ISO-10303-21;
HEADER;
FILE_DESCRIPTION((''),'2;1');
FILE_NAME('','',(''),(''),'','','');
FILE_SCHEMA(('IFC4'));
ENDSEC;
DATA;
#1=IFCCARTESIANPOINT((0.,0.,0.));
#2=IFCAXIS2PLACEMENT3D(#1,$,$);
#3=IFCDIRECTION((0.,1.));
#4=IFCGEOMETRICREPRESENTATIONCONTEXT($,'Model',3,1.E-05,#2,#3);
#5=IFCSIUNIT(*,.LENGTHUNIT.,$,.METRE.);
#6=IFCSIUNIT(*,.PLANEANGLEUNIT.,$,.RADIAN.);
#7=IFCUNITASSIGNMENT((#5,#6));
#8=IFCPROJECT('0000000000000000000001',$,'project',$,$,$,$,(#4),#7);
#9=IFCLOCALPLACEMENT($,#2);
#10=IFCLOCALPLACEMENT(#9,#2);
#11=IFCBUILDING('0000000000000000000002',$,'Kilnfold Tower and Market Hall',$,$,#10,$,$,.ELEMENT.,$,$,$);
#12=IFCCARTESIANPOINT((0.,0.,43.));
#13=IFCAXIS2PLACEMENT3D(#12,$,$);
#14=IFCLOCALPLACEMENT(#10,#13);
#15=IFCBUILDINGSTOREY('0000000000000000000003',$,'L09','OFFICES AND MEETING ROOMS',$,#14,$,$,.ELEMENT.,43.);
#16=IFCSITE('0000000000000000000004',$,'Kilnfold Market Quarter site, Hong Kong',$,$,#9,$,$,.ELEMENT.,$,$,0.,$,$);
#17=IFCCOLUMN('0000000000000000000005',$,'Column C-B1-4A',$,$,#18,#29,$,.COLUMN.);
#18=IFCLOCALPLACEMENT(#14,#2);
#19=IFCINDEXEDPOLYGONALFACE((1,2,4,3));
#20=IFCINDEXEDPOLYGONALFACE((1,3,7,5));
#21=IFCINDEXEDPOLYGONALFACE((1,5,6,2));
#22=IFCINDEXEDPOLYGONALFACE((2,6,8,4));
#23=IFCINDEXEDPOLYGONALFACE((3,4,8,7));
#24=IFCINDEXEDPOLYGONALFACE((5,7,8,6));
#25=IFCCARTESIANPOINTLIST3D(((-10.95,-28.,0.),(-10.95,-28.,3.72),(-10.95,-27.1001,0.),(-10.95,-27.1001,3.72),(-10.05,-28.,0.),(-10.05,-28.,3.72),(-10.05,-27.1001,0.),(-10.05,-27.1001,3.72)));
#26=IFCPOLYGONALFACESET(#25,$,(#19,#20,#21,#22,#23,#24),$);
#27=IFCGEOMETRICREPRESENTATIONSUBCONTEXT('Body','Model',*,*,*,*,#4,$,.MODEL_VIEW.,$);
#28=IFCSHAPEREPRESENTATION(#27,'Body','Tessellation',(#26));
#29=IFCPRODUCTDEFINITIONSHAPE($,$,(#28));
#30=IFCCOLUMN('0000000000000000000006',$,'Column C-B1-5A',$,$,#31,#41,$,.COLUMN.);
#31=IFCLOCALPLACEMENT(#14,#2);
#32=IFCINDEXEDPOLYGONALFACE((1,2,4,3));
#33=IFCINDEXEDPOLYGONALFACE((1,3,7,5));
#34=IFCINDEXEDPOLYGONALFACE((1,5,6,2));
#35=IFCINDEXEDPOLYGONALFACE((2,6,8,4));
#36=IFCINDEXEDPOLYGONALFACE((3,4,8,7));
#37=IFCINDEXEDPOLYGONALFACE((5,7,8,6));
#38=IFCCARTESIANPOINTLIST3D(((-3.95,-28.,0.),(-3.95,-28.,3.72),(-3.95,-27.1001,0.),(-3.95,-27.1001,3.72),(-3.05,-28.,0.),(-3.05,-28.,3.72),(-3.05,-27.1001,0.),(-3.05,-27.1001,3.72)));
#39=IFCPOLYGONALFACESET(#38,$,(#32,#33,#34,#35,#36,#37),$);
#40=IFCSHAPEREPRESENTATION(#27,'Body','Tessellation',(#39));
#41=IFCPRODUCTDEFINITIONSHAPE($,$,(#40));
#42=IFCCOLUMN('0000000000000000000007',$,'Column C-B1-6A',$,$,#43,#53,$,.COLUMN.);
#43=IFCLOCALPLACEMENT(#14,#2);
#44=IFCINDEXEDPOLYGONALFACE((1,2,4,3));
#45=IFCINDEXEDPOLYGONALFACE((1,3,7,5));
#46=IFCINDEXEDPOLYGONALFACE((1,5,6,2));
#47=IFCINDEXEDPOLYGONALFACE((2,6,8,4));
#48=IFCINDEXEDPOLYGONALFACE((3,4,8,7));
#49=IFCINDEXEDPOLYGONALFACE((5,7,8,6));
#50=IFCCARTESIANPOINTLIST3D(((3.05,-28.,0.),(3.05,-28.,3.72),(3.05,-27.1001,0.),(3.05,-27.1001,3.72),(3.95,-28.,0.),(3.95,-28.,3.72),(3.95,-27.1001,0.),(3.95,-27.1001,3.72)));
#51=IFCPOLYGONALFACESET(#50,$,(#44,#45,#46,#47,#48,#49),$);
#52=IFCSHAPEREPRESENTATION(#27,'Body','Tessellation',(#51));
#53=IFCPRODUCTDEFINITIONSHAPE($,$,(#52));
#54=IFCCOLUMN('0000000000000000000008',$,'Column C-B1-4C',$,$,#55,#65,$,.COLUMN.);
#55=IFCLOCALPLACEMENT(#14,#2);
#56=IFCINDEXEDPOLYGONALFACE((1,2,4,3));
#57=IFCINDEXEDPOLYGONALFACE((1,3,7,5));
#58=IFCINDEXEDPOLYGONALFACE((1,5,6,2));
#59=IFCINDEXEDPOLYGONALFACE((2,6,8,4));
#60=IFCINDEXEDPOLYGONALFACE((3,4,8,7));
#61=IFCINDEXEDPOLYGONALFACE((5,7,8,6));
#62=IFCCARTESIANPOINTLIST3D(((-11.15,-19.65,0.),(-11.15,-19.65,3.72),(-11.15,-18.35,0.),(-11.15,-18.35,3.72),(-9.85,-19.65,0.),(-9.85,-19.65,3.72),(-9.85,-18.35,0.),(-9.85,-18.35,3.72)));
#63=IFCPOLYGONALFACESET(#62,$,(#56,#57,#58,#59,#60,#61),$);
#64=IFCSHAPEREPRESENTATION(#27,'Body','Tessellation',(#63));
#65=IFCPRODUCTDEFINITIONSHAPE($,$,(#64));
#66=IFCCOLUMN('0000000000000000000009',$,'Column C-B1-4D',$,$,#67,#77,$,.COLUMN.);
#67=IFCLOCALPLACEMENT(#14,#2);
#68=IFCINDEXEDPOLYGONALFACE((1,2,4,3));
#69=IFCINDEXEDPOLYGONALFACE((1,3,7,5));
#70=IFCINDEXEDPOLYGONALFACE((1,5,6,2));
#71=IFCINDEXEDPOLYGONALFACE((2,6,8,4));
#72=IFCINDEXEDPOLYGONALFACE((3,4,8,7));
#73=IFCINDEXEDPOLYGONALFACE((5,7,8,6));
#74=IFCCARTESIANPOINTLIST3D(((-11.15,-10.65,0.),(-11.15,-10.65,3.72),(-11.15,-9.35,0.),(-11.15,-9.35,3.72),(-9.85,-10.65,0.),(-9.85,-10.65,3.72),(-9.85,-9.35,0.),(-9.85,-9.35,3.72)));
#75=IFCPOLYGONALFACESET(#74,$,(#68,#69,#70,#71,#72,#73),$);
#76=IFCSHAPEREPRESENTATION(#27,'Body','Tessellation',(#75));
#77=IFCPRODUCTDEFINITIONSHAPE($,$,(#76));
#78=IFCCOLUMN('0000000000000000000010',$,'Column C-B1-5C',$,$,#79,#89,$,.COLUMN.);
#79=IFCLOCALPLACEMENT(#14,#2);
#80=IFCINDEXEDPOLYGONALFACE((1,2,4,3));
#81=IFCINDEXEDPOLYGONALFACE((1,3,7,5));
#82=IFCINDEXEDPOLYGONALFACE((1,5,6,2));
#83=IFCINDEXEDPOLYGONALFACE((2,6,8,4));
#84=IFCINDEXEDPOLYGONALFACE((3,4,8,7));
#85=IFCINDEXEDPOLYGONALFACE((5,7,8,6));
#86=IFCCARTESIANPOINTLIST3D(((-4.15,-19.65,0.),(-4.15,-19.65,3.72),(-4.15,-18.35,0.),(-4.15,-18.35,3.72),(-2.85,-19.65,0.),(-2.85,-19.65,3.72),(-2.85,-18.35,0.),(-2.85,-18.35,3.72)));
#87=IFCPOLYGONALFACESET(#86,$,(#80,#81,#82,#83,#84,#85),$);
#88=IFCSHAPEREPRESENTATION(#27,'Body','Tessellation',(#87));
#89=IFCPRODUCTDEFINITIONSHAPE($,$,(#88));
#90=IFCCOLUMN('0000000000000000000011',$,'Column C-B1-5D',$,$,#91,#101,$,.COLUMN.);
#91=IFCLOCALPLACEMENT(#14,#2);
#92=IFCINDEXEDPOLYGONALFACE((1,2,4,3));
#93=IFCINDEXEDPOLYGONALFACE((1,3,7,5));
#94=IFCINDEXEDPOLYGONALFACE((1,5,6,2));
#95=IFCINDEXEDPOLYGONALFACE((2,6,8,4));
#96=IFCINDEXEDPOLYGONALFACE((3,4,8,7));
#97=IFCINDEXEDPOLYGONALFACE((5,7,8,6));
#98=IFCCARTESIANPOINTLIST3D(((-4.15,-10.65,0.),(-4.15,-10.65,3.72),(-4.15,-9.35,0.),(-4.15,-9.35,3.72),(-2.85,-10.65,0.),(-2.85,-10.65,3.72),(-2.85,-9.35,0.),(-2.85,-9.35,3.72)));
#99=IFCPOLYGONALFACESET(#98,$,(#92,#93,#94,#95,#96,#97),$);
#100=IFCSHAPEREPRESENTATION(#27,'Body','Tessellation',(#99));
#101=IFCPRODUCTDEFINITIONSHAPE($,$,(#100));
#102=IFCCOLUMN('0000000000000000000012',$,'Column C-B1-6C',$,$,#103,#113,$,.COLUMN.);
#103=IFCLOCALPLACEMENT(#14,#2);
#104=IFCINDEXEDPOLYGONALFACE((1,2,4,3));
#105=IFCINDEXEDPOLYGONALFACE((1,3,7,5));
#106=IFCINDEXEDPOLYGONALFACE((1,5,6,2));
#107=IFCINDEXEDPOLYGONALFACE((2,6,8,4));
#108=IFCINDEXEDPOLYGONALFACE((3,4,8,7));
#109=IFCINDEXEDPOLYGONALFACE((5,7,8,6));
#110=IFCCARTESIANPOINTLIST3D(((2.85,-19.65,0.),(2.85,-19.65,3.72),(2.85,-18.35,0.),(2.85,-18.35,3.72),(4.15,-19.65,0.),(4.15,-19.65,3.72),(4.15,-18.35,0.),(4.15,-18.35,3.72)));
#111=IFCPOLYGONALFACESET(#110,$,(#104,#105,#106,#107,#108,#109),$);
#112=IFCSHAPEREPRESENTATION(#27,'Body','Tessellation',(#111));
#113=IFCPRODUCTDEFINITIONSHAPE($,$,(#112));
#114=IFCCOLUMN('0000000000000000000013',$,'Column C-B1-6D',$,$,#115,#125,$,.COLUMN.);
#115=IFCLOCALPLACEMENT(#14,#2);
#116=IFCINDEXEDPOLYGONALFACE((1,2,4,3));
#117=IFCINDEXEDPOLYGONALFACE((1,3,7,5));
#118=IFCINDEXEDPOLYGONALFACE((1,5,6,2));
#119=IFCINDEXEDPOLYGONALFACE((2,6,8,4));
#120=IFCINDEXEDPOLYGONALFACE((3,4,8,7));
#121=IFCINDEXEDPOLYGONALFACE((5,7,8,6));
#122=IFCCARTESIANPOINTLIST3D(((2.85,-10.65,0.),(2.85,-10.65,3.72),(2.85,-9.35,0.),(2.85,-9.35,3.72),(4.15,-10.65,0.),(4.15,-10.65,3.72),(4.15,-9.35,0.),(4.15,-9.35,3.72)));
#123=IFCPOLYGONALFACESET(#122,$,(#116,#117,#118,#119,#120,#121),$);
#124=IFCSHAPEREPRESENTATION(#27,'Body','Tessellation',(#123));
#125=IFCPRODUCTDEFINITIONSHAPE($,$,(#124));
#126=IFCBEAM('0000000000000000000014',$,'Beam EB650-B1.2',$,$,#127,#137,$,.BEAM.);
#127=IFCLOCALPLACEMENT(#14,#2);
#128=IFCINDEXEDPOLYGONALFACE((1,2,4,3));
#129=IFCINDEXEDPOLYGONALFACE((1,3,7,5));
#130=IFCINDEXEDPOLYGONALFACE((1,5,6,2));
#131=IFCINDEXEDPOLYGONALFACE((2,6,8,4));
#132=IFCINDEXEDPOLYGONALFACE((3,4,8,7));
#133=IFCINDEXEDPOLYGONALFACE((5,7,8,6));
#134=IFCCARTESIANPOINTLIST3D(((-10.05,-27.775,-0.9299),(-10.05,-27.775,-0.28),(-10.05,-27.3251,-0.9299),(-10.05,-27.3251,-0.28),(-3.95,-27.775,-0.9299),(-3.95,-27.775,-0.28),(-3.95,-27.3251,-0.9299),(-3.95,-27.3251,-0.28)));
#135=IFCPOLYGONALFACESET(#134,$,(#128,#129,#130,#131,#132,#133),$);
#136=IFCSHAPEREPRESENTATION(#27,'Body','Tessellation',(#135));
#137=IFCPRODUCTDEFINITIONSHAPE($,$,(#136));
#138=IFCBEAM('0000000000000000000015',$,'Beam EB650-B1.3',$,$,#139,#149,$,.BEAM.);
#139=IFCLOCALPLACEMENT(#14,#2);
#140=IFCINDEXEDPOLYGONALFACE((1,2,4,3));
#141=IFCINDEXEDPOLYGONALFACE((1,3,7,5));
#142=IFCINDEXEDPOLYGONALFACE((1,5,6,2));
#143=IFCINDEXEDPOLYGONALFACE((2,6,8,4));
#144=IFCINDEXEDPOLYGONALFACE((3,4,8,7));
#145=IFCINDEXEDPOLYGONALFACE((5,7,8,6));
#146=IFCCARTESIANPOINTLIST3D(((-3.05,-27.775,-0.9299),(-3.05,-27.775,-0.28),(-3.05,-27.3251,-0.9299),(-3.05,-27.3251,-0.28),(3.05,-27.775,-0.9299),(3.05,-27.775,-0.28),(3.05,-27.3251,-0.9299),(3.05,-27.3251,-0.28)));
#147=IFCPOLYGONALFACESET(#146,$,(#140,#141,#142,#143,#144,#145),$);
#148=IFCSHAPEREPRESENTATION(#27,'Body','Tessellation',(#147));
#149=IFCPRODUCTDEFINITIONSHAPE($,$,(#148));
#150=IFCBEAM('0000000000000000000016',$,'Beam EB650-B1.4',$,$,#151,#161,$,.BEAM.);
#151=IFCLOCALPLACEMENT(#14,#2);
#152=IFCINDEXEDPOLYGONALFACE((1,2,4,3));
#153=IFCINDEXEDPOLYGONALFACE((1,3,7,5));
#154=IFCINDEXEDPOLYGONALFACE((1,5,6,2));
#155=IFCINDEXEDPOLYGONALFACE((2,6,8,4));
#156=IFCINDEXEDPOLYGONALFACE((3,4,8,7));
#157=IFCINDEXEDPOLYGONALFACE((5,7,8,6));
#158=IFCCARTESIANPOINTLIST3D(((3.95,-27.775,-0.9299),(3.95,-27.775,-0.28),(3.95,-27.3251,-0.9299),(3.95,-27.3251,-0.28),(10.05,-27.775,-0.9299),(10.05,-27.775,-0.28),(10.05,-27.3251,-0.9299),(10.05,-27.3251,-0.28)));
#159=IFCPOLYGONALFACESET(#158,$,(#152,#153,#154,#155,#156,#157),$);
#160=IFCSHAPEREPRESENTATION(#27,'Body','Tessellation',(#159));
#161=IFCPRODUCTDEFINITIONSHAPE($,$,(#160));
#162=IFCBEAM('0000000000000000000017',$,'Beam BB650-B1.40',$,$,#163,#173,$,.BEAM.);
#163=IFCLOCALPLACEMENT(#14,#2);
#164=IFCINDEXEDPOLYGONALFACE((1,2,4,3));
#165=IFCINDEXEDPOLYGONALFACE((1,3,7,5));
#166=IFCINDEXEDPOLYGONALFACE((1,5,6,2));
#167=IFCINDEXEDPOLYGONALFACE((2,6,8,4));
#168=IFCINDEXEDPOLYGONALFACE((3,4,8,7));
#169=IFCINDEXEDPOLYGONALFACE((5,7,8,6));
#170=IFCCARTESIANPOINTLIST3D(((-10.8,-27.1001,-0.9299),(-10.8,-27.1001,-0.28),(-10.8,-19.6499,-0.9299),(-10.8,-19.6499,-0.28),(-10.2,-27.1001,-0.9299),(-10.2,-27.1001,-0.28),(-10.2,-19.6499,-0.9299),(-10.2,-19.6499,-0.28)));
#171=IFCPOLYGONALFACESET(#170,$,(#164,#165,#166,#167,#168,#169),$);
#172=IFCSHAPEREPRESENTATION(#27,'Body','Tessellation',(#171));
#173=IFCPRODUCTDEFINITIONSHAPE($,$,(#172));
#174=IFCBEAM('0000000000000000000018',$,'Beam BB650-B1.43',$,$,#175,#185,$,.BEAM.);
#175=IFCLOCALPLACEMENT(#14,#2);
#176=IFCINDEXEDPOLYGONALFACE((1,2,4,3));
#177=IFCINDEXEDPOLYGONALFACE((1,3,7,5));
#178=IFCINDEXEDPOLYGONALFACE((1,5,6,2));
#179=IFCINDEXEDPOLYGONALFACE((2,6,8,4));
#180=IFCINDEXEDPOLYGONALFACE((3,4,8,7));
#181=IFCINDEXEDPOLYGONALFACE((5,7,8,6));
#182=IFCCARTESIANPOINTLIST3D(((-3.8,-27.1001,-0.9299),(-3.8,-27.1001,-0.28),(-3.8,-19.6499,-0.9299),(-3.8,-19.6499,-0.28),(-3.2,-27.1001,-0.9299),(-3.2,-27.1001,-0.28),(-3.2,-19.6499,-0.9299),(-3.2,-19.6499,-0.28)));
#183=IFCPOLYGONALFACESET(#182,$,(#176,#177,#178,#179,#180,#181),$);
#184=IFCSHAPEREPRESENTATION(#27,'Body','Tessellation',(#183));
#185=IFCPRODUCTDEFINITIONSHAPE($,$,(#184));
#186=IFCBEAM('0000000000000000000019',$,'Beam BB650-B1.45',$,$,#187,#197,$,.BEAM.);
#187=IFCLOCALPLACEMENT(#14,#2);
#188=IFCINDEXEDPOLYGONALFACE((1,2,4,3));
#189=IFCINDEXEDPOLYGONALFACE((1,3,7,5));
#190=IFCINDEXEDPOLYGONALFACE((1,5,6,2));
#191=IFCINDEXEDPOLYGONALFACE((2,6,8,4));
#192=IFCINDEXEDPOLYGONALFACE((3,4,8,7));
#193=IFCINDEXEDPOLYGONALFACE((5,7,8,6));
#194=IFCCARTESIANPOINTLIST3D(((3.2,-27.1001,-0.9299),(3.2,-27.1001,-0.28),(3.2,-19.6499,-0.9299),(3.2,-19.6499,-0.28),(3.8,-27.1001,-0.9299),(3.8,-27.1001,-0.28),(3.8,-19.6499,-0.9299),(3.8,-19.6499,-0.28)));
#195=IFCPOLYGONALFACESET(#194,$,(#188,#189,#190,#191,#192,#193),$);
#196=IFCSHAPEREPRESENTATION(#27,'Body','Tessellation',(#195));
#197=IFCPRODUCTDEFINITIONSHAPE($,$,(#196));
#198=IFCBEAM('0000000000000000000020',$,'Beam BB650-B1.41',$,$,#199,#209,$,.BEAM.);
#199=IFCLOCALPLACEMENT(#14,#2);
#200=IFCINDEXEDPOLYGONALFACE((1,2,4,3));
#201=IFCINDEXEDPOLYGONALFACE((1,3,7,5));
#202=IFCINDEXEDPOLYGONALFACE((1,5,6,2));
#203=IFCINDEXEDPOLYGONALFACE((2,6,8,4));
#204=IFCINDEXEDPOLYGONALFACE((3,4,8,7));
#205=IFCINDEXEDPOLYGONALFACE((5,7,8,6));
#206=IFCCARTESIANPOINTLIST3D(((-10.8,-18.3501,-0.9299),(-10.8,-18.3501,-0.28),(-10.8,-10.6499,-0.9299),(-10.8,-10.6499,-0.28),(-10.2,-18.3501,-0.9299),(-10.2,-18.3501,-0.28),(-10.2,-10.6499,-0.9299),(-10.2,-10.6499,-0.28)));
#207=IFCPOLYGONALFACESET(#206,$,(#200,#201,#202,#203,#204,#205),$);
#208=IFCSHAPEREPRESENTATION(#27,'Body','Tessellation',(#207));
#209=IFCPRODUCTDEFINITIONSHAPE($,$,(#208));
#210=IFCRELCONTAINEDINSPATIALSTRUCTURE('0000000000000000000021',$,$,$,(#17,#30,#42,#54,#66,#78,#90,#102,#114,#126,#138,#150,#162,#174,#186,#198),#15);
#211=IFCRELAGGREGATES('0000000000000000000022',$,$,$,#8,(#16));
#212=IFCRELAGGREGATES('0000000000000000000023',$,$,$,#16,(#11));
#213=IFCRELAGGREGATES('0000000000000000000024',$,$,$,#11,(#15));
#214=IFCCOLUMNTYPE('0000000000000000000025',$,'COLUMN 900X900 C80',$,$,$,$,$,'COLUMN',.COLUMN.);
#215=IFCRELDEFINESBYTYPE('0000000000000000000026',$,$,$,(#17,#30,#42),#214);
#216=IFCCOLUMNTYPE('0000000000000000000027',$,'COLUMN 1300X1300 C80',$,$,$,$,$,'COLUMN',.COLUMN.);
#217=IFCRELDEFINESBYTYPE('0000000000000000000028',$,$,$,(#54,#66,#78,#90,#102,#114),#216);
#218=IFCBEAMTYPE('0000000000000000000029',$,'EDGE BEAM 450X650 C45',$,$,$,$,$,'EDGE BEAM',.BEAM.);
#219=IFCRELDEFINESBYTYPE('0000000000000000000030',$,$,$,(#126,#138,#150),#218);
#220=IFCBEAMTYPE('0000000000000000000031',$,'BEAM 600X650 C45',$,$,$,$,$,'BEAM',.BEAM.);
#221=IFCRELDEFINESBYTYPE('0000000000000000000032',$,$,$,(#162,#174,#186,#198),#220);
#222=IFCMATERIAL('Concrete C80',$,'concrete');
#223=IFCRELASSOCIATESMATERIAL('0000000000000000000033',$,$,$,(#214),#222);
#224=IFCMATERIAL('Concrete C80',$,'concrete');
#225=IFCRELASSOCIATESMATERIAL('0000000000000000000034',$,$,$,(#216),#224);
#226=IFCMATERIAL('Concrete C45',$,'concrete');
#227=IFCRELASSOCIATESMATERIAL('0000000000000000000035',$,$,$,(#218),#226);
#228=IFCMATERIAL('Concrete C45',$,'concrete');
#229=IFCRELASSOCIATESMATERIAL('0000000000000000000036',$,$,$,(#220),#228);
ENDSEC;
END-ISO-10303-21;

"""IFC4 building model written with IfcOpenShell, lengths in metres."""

from ifc_helpers import new_model, si_unit, direction, frame, origin, origin_2d, place, context, subcontext, project, spatial, rectangle, extrude, source, transform, mapped, material, material_profile, profile_set, type_object, element, save


model = new_model("IFC4")

# Units and contexts
model_context = context("Model", 3, precision=1e-05, world=origin(), true_north=direction((0.0, 1.0)))
body_context = subcontext(model_context, "Body", "Model", "MODEL_VIEW")
ifc_project = project(units=[si_unit("LENGTHUNIT", "METRE"), si_unit("PLANEANGLEUNIT", "RADIAN")], contexts=[model_context])

# Site, building, storey
site_placement = place(None, origin())
site = spatial("IfcSite", under=ifc_project, at=site_placement, Name="Kilnfold Market Quarter site, Hong Kong", CompositionType="ELEMENT", RefElevation=0.0)
building_placement = place(site_placement, origin())
building = spatial("IfcBuilding", under=site, at=building_placement, Name="Kilnfold Tower and Market Hall", CompositionType="ELEMENT")
storey_placement = place(building_placement, frame((0.0, 0.0, 43.0)))
storey = spatial("IfcBuildingStorey", under=building, at=storey_placement, Name="L09", Description="OFFICES AND MEETING ROOMS", CompositionType="ELEMENT", Elevation=43.0)

# Columns
ifc_material_1 = material(Name="Concrete C80", Category="concrete")
ifc_material_profile_1 = material_profile(ifc_material_1, rectangle(XDim=0.8999, YDim=0.8999, at=origin_2d()), Name="RC 900x900")
ifc_profile_set_1 = profile_set([ifc_material_profile_1], Name="Concrete C80")
column_type_1 = type_object("IfcColumnType", Name="COLUMN 900X900 C80", ElementType="COLUMN", PredefinedType="COLUMN", material=ifc_profile_set_1)
shared_shape_1 = source(origin(), body_context, "Body", "SweptSolid", [
    extrude(rectangle(XDim=0.8999, YDim=0.8999, at=origin_2d()), origin(), (0.0, 0.0, 1.0), 3.72),
])
for number, where, z_axis, x_axis, name in (
    (1, (-10.5, -27.55, 0.0), (0.0, 0.0, 1.0), (1.0, 0.0, 0.0), "Column C-B1-4A"),
    (2, (-3.5, -27.55, 0.0), (0.0, 0.0, 1.0), (1.0, 0.0, 0.0), "Column C-B1-5A"),
    (3, (3.5, -27.55, 0.0), (0.0, 0.0, 1.0), (1.0, 0.0, 0.0), "Column C-B1-6A"),
):
    element("IfcColumn", number, at=place(storey_placement, frame(where, z_axis=z_axis, x_axis=x_axis)), inside=storey, type_object=column_type_1, Name=name, PredefinedType="COLUMN", context=body_context, shape_type="MappedRepresentation", body=[
        mapped(shared_shape_1, transform((0.0, 0.0, 0.0))),
    ])
ifc_material_2 = material(Name="Concrete C80", Category="concrete")
ifc_material_profile_2 = material_profile(ifc_material_2, rectangle(XDim=1.3, YDim=1.3, at=origin_2d()), Name="RC 1300x1300")
ifc_profile_set_2 = profile_set([ifc_material_profile_2], Name="Concrete C80")
column_type_2 = type_object("IfcColumnType", Name="COLUMN 1300X1300 C80", ElementType="COLUMN", PredefinedType="COLUMN", material=ifc_profile_set_2)
shared_shape_2 = source(origin(), body_context, "Body", "SweptSolid", [
    extrude(rectangle(XDim=1.3, YDim=1.3, at=origin_2d()), origin(), (0.0, 0.0, 1.0), 3.72),
])
for number, where, z_axis, x_axis, name in (
    (4, (-10.5, -19.0, 0.0), (0.0, 0.0, 1.0), (1.0, 0.0, 0.0), "Column C-B1-4C"),
    (5, (-10.5, -10.0, 0.0), (0.0, 0.0, 1.0), (1.0, 0.0, 0.0), "Column C-B1-4D"),
    (6, (-3.5, -19.0, 0.0), (0.0, 0.0, 1.0), (1.0, 0.0, 0.0), "Column C-B1-5C"),
    (7, (-3.5, -10.0, 0.0), (0.0, 0.0, 1.0), (1.0, 0.0, 0.0), "Column C-B1-5D"),
    (8, (3.5, -19.0, 0.0), (0.0, 0.0, 1.0), (1.0, 0.0, 0.0), "Column C-B1-6C"),
    (9, (3.5, -10.0, 0.0), (0.0, 0.0, 1.0), (1.0, 0.0, 0.0), "Column C-B1-6D"),
):
    element("IfcColumn", number, at=place(storey_placement, frame(where, z_axis=z_axis, x_axis=x_axis)), inside=storey, type_object=column_type_2, Name=name, PredefinedType="COLUMN", context=body_context, shape_type="MappedRepresentation", body=[
        mapped(shared_shape_2, transform((0.0, 0.0, 0.0))),
    ])

# Beams
ifc_material_3 = material(Name="Concrete C45", Category="concrete")
ifc_material_profile_3 = material_profile(ifc_material_3, rectangle(XDim=0.45, YDim=0.6499, at=origin_2d()), Name="RC 450x650")
ifc_profile_set_3 = profile_set([ifc_material_profile_3], Name="Concrete C45")
beam_type_1 = type_object("IfcBeamType", Name="EDGE BEAM 450X650 C45", ElementType="EDGE BEAM", PredefinedType="BEAM", material=ifc_profile_set_3)
shared_shape_3 = source(origin(), body_context, "Body", "SweptSolid", [
    extrude(rectangle(XDim=0.45, YDim=0.6499, at=origin_2d()), origin(), (0.0, 0.0, 1.0), 6.1001),
])
for number, where, z_axis, x_axis, name in (
    (10, (-10.05, -27.55, -0.605), (1.0, 0.0, 0.0), (0.0, 1.0, 0.0), "Beam EB650-B1.2"),
    (11, (-3.05, -27.55, -0.605), (1.0, 0.0, 0.0), (0.0, 1.0, 0.0), "Beam EB650-B1.3"),
    (12, (3.95, -27.55, -0.605), (1.0, 0.0, 0.0), (0.0, 1.0, 0.0), "Beam EB650-B1.4"),
):
    element("IfcBeam", number, at=place(storey_placement, frame(where, z_axis=z_axis, x_axis=x_axis)), inside=storey, type_object=beam_type_1, Name=name, PredefinedType="BEAM", context=body_context, shape_type="MappedRepresentation", body=[
        mapped(shared_shape_3, transform((0.0, 0.0, 0.0))),
    ])
ifc_material_4 = material(Name="Concrete C45", Category="concrete")
ifc_material_profile_4 = material_profile(ifc_material_4, rectangle(XDim=0.6001, YDim=0.6499, at=origin_2d()), Name="RC 600x650")
ifc_profile_set_4 = profile_set([ifc_material_profile_4], Name="Concrete C45")
beam_type_2 = type_object("IfcBeamType", Name="BEAM 600X650 C45", ElementType="BEAM", PredefinedType="BEAM", material=ifc_profile_set_4)
shared_shape_4 = source(origin(), body_context, "Body", "SweptSolid", [
    extrude(rectangle(XDim=0.6001, YDim=0.6499, at=origin_2d()), origin(), (0.0, 0.0, 1.0), 7.4502),
])
for number, where, z_axis, x_axis, name in (
    (13, (-10.5, -27.1001, -0.605), (0.0, 1.0, 0.0), (-1.0, 0.0, 0.0), "Beam BB650-B1.40"),
    (14, (-3.5, -27.1001, -0.605), (0.0, 1.0, 0.0), (-1.0, 0.0, 0.0), "Beam BB650-B1.43"),
    (15, (3.5, -27.1001, -0.605), (0.0, 1.0, 0.0), (-1.0, 0.0, 0.0), "Beam BB650-B1.45"),
):
    element("IfcBeam", number, at=place(storey_placement, frame(where, z_axis=z_axis, x_axis=x_axis)), inside=storey, type_object=beam_type_2, Name=name, PredefinedType="BEAM", context=body_context, shape_type="MappedRepresentation", body=[
        mapped(shared_shape_4, transform((0.0, 0.0, 0.0))),
    ])
shared_shape_5 = source(origin(), body_context, "Body", "SweptSolid", [
    extrude(rectangle(XDim=0.6001, YDim=0.6499, at=origin_2d()), origin(), (0.0, 0.0, 1.0), 7.7002),
])
for number, where, z_axis, x_axis, name in (
    (16, (-10.5, -18.3501, -0.605), (0.0, 1.0, 0.0), (-1.0, 0.0, 0.0), "Beam BB650-B1.41"),
):
    element("IfcBeam", number, at=place(storey_placement, frame(where, z_axis=z_axis, x_axis=x_axis)), inside=storey, type_object=beam_type_2, Name=name, PredefinedType="BEAM", context=body_context, shape_type="MappedRepresentation", body=[
        mapped(shared_shape_5, transform((0.0, 0.0, 0.0))),
    ])

save(model, "model.ifc")
